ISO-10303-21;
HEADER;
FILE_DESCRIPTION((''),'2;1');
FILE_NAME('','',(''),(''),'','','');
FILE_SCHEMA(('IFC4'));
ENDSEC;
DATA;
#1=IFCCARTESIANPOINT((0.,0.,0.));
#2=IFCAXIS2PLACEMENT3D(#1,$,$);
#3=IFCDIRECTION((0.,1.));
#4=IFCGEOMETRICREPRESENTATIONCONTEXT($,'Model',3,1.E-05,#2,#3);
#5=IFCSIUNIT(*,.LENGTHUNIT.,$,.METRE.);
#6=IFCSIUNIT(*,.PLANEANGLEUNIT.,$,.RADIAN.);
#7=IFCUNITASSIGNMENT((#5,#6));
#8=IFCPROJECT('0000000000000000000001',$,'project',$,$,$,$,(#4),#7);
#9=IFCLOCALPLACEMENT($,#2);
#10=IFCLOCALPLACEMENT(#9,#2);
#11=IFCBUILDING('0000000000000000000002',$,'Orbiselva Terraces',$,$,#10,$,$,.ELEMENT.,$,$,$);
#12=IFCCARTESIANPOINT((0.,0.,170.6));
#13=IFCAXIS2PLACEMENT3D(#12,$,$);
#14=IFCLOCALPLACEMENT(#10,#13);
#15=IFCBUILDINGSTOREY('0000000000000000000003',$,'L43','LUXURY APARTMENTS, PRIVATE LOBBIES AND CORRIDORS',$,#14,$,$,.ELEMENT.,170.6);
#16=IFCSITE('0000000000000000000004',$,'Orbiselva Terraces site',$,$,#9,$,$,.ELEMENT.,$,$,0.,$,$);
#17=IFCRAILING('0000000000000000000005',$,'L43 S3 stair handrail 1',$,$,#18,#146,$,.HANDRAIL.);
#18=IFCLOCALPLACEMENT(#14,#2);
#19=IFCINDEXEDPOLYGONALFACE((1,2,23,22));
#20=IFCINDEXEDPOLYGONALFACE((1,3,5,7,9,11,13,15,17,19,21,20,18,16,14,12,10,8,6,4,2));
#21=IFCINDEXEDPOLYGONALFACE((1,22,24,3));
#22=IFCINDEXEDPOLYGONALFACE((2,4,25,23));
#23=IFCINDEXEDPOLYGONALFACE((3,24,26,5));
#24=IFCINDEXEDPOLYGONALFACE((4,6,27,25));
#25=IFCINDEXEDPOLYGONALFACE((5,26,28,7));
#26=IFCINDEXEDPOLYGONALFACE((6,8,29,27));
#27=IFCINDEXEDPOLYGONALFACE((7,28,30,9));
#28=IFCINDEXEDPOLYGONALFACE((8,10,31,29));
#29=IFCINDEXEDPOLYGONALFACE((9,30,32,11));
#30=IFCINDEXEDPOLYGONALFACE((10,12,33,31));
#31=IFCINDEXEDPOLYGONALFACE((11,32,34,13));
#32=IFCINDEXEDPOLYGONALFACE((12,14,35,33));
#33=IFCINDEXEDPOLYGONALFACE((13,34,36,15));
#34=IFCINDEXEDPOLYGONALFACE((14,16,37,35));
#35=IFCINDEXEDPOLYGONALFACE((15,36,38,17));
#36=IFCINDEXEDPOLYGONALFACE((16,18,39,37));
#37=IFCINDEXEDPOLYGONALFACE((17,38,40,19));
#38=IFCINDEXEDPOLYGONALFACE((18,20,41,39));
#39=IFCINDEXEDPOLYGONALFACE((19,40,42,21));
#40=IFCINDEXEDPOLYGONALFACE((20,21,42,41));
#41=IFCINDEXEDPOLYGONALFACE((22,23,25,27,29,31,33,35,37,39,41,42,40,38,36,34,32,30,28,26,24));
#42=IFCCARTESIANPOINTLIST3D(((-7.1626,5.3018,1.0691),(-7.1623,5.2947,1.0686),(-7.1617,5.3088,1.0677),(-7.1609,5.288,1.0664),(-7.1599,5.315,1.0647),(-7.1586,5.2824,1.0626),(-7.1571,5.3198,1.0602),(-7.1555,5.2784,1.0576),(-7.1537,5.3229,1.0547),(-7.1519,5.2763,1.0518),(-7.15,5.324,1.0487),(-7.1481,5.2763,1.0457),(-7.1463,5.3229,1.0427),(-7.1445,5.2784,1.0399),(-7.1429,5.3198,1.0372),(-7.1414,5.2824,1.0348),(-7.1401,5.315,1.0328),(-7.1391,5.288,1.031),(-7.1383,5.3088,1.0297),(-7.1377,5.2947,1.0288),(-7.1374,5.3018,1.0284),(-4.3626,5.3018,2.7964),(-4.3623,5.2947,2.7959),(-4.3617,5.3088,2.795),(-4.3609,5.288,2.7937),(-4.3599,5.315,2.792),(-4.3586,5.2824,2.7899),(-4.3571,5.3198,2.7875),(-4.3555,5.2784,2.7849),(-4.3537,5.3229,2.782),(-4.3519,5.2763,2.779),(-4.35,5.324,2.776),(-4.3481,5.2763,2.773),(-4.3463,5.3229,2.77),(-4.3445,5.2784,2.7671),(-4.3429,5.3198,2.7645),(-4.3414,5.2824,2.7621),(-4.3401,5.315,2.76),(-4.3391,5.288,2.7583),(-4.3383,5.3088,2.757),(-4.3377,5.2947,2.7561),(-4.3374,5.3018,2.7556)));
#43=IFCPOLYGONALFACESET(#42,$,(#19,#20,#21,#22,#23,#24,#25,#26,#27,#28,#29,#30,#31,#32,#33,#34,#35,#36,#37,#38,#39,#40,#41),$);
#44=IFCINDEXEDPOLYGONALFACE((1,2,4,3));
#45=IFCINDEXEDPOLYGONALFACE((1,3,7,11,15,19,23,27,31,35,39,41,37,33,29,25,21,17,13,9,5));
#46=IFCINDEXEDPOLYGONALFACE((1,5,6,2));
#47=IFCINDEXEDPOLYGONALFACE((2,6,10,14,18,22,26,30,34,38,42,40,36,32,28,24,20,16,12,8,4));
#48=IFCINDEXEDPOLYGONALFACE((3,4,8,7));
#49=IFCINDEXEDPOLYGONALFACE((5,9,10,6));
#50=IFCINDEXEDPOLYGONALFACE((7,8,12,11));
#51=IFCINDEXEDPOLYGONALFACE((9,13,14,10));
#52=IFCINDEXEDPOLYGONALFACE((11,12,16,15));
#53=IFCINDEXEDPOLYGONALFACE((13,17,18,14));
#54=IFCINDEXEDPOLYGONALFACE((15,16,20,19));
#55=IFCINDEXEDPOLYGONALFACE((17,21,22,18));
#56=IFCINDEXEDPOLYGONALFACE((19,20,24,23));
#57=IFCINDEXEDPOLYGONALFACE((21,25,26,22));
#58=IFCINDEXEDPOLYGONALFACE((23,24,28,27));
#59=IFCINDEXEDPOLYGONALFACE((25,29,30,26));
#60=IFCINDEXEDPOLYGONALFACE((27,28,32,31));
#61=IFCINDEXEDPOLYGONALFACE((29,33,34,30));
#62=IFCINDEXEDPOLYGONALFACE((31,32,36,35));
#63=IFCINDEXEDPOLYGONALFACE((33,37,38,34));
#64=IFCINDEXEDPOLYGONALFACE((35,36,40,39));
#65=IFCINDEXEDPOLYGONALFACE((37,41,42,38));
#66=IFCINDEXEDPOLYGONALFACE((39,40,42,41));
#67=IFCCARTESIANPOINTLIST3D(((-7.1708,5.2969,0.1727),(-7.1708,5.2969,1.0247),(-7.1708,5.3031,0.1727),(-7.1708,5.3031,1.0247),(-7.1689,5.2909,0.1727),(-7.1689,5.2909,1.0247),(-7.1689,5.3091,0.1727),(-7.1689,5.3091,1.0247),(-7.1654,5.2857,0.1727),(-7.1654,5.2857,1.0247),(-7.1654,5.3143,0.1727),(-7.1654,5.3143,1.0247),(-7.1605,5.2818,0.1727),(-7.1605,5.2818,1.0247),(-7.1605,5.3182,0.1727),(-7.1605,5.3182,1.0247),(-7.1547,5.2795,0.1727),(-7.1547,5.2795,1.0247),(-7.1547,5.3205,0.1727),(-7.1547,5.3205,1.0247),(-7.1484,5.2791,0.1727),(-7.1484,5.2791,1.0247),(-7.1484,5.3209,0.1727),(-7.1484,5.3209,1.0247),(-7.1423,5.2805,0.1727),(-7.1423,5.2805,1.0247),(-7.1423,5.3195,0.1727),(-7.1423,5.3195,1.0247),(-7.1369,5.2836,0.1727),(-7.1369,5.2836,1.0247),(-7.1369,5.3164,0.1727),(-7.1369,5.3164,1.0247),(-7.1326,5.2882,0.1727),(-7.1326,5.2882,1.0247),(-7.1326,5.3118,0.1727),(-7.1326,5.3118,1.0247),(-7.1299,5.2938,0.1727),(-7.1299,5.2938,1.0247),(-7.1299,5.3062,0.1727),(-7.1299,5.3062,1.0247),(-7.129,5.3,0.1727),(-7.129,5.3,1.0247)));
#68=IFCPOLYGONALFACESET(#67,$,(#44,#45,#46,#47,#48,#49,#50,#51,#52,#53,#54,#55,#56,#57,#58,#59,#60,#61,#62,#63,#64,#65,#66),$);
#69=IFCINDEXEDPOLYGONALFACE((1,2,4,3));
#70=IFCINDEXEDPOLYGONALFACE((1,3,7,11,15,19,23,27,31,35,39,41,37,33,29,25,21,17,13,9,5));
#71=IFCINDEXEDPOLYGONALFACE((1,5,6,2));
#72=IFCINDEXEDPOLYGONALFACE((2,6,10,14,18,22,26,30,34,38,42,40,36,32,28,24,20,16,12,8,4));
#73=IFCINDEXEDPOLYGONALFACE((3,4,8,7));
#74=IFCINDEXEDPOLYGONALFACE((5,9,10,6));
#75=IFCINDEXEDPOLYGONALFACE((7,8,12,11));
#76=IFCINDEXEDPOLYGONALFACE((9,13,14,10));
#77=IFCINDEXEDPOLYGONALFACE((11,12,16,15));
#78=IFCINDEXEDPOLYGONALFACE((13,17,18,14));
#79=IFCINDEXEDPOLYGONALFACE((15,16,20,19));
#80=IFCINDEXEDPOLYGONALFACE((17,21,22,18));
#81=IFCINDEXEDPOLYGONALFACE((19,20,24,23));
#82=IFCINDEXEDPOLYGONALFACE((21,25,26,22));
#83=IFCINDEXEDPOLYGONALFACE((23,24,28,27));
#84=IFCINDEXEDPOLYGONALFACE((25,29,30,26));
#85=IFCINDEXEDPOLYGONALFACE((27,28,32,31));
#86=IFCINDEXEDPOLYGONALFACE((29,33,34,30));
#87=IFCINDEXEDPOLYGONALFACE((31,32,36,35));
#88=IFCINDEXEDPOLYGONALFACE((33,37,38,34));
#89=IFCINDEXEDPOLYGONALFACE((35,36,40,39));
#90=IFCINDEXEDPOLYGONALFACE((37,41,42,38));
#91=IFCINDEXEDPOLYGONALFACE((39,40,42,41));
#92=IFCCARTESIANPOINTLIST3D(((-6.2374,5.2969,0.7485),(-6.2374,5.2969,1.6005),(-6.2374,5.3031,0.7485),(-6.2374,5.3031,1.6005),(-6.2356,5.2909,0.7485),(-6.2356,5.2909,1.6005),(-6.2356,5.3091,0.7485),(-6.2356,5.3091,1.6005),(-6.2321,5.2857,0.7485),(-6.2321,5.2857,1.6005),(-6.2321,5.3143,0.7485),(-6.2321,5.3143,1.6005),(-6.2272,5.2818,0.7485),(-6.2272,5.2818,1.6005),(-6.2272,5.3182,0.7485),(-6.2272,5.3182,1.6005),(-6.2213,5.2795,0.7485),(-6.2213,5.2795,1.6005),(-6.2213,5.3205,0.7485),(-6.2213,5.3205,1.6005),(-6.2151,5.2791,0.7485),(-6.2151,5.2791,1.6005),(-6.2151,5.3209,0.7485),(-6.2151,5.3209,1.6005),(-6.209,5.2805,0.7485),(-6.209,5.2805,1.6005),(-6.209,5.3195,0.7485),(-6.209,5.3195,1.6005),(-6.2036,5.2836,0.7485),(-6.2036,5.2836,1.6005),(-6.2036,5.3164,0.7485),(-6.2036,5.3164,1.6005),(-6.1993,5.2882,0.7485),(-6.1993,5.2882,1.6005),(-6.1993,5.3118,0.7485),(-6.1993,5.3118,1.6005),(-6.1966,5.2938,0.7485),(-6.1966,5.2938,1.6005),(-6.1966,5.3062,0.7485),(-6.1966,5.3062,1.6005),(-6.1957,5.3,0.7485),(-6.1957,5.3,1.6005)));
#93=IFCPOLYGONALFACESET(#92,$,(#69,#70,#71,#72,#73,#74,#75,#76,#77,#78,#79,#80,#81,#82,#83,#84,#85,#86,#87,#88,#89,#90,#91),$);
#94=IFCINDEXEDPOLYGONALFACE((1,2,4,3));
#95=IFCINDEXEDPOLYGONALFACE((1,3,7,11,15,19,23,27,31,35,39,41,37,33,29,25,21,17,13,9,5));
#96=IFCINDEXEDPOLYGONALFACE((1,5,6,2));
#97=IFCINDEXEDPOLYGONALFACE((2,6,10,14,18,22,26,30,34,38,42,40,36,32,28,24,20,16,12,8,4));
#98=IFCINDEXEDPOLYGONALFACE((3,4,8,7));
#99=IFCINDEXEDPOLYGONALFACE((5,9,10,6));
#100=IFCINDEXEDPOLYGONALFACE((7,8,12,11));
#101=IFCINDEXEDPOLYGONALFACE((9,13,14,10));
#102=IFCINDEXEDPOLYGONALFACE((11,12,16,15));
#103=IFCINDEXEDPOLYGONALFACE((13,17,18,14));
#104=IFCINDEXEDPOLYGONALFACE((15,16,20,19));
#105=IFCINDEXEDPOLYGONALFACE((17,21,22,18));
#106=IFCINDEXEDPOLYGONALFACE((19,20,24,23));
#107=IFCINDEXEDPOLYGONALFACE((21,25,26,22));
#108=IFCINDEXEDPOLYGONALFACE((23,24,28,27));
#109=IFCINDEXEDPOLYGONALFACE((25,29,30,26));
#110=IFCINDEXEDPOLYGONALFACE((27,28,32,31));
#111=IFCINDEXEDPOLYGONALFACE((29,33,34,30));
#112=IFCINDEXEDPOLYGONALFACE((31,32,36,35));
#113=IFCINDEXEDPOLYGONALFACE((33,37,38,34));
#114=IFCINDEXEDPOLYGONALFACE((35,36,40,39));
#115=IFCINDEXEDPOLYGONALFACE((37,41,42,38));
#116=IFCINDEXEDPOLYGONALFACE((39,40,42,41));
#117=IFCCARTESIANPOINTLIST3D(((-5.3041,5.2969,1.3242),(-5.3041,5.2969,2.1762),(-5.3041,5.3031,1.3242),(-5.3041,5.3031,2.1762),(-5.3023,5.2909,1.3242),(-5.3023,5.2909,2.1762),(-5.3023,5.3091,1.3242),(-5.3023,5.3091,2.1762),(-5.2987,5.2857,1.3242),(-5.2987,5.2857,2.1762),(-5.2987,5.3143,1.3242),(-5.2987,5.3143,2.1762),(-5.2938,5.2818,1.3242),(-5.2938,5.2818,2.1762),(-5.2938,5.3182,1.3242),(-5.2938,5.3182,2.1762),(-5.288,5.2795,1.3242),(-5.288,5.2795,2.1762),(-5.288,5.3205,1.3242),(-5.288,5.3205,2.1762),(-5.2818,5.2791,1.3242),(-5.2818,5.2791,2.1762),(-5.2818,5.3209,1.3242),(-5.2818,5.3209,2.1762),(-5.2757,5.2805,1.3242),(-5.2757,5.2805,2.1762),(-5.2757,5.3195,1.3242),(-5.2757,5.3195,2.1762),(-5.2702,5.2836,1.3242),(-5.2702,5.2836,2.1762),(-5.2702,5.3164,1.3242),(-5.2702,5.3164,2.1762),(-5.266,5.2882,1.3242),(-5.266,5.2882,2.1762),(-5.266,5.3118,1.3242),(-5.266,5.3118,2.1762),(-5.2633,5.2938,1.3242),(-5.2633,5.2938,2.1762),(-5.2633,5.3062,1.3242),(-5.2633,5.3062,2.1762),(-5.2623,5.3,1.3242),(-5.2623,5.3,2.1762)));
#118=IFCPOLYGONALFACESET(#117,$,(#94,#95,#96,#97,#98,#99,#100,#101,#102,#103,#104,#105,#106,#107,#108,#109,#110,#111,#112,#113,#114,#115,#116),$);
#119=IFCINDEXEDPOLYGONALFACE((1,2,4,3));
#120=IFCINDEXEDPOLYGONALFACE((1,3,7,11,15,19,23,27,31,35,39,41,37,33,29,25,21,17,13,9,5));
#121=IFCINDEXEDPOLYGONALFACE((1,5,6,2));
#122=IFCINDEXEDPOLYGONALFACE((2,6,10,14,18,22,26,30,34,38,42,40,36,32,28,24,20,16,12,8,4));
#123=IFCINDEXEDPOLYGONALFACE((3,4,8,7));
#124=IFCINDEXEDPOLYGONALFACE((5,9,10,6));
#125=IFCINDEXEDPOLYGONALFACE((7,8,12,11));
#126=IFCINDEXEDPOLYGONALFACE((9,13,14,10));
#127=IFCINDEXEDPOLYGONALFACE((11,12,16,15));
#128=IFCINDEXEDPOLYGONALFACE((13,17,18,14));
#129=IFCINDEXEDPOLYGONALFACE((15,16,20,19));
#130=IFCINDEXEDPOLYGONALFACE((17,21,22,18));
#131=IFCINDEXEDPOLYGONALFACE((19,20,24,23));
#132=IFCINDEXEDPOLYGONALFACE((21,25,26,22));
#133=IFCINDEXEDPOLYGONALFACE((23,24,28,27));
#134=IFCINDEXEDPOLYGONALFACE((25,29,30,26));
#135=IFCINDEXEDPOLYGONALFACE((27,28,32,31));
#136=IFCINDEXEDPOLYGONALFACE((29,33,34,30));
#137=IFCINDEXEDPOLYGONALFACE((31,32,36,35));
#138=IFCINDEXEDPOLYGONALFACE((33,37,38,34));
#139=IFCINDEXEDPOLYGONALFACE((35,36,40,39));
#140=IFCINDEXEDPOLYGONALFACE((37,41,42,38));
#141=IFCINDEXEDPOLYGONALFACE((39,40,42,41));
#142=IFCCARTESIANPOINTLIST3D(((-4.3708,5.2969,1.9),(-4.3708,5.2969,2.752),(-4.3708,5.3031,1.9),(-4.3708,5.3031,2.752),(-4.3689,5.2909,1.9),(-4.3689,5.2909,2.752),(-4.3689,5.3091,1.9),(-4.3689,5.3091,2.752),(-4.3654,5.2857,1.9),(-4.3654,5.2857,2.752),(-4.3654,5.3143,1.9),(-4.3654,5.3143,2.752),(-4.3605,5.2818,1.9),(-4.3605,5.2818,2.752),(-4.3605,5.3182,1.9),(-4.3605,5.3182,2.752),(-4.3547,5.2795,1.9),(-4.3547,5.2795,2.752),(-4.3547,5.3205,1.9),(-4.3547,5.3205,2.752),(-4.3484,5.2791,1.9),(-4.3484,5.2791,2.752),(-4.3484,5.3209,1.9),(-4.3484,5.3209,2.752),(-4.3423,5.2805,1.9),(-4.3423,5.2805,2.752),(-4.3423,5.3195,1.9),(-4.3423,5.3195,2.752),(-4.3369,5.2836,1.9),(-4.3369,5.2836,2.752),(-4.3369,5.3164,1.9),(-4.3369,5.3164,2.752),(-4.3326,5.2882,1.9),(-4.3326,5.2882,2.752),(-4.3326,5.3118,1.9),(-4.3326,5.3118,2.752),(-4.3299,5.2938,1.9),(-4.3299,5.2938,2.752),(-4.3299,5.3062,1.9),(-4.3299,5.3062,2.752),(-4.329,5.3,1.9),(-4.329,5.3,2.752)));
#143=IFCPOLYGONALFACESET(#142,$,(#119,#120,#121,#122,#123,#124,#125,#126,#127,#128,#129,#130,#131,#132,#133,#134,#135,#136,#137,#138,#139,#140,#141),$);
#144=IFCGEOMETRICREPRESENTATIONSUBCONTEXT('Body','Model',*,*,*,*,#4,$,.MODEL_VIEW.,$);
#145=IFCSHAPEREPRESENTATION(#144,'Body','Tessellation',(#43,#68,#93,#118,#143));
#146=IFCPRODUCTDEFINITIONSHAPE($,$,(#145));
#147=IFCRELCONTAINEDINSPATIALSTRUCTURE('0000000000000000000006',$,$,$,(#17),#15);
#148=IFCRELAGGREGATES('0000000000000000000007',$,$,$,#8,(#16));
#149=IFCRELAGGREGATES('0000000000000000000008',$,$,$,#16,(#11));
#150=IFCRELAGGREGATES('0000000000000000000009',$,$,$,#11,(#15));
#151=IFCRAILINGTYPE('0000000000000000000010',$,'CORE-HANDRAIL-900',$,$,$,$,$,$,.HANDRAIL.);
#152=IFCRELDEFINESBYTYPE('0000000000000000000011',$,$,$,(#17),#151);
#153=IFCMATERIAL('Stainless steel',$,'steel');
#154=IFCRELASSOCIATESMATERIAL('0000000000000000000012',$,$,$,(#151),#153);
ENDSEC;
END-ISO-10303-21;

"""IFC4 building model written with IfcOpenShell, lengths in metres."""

from ifc_helpers import new_model, si_unit, direction, frame, origin, origin_2d, place, context, subcontext, project, spatial, circle, extrude, material, type_object, element, save


model = new_model("IFC4")

# Units and contexts
model_context = context("Model", 3, precision=1e-05, world=origin(), true_north=direction((0.0, 1.0)))
body_context = subcontext(model_context, "Body", "Model", "MODEL_VIEW")
ifc_project = project(units=[si_unit("LENGTHUNIT", "METRE"), si_unit("PLANEANGLEUNIT", "RADIAN")], contexts=[model_context])

# Site, building, storey
site_placement = place(None, origin())
site = spatial("IfcSite", under=ifc_project, at=site_placement, Name="Orbiselva Terraces site", CompositionType="ELEMENT", RefElevation=0.0)
building_placement = place(site_placement, origin())
building = spatial("IfcBuilding", under=site, at=building_placement, Name="Orbiselva Terraces", CompositionType="ELEMENT")
storey_placement = place(building_placement, frame((0.0, 0.0, 170.6)))
storey = spatial("IfcBuildingStorey", under=building, at=storey_placement, Name="L43", Description="LUXURY APARTMENTS, PRIVATE LOBBIES AND CORRIDORS", CompositionType="ELEMENT", Elevation=170.6)

# Railing
ifc_material_1 = material(Name="Stainless steel", Category="steel")
railing_type_1 = type_object("IfcRailingType", Name="CORE-HANDRAIL-900", PredefinedType="HANDRAIL", material=ifc_material_1)
railing_1_placement = place(storey_placement, frame((-7.15, 5.3, 0.1727)))
element("IfcRailing", 1, at=railing_1_placement, inside=storey, type_object=railing_type_1, Name="L43 S3 stair handrail 1", PredefinedType="HANDRAIL", context=body_context, shape_type="SweptSolid", body=[
    extrude(circle(Radius=0.024, at=origin_2d()), frame((0.0, 0.0, 0.876), z_axis=(0.851089, 0.0, 0.525022), x_axis=(0.0, 1.0, 0.0)), (0.0, 0.0, 1.0), 3.2899),
    extrude(circle(Radius=0.021, at=origin_2d()), origin(), (0.0, 0.0, 1.0), 0.852),
    extrude(circle(Radius=0.021, at=origin_2d()), frame((0.9333, 0.0, 0.5758)), (0.0, 0.0, 1.0), 0.852),
    extrude(circle(Radius=0.021, at=origin_2d()), frame((1.8667, 0.0, 1.1515)), (0.0, 0.0, 1.0), 0.852),
    extrude(circle(Radius=0.021, at=origin_2d()), frame((2.8, 0.0, 1.7273)), (0.0, 0.0, 1.0), 0.852),
])

save(model, "model.ifc")
